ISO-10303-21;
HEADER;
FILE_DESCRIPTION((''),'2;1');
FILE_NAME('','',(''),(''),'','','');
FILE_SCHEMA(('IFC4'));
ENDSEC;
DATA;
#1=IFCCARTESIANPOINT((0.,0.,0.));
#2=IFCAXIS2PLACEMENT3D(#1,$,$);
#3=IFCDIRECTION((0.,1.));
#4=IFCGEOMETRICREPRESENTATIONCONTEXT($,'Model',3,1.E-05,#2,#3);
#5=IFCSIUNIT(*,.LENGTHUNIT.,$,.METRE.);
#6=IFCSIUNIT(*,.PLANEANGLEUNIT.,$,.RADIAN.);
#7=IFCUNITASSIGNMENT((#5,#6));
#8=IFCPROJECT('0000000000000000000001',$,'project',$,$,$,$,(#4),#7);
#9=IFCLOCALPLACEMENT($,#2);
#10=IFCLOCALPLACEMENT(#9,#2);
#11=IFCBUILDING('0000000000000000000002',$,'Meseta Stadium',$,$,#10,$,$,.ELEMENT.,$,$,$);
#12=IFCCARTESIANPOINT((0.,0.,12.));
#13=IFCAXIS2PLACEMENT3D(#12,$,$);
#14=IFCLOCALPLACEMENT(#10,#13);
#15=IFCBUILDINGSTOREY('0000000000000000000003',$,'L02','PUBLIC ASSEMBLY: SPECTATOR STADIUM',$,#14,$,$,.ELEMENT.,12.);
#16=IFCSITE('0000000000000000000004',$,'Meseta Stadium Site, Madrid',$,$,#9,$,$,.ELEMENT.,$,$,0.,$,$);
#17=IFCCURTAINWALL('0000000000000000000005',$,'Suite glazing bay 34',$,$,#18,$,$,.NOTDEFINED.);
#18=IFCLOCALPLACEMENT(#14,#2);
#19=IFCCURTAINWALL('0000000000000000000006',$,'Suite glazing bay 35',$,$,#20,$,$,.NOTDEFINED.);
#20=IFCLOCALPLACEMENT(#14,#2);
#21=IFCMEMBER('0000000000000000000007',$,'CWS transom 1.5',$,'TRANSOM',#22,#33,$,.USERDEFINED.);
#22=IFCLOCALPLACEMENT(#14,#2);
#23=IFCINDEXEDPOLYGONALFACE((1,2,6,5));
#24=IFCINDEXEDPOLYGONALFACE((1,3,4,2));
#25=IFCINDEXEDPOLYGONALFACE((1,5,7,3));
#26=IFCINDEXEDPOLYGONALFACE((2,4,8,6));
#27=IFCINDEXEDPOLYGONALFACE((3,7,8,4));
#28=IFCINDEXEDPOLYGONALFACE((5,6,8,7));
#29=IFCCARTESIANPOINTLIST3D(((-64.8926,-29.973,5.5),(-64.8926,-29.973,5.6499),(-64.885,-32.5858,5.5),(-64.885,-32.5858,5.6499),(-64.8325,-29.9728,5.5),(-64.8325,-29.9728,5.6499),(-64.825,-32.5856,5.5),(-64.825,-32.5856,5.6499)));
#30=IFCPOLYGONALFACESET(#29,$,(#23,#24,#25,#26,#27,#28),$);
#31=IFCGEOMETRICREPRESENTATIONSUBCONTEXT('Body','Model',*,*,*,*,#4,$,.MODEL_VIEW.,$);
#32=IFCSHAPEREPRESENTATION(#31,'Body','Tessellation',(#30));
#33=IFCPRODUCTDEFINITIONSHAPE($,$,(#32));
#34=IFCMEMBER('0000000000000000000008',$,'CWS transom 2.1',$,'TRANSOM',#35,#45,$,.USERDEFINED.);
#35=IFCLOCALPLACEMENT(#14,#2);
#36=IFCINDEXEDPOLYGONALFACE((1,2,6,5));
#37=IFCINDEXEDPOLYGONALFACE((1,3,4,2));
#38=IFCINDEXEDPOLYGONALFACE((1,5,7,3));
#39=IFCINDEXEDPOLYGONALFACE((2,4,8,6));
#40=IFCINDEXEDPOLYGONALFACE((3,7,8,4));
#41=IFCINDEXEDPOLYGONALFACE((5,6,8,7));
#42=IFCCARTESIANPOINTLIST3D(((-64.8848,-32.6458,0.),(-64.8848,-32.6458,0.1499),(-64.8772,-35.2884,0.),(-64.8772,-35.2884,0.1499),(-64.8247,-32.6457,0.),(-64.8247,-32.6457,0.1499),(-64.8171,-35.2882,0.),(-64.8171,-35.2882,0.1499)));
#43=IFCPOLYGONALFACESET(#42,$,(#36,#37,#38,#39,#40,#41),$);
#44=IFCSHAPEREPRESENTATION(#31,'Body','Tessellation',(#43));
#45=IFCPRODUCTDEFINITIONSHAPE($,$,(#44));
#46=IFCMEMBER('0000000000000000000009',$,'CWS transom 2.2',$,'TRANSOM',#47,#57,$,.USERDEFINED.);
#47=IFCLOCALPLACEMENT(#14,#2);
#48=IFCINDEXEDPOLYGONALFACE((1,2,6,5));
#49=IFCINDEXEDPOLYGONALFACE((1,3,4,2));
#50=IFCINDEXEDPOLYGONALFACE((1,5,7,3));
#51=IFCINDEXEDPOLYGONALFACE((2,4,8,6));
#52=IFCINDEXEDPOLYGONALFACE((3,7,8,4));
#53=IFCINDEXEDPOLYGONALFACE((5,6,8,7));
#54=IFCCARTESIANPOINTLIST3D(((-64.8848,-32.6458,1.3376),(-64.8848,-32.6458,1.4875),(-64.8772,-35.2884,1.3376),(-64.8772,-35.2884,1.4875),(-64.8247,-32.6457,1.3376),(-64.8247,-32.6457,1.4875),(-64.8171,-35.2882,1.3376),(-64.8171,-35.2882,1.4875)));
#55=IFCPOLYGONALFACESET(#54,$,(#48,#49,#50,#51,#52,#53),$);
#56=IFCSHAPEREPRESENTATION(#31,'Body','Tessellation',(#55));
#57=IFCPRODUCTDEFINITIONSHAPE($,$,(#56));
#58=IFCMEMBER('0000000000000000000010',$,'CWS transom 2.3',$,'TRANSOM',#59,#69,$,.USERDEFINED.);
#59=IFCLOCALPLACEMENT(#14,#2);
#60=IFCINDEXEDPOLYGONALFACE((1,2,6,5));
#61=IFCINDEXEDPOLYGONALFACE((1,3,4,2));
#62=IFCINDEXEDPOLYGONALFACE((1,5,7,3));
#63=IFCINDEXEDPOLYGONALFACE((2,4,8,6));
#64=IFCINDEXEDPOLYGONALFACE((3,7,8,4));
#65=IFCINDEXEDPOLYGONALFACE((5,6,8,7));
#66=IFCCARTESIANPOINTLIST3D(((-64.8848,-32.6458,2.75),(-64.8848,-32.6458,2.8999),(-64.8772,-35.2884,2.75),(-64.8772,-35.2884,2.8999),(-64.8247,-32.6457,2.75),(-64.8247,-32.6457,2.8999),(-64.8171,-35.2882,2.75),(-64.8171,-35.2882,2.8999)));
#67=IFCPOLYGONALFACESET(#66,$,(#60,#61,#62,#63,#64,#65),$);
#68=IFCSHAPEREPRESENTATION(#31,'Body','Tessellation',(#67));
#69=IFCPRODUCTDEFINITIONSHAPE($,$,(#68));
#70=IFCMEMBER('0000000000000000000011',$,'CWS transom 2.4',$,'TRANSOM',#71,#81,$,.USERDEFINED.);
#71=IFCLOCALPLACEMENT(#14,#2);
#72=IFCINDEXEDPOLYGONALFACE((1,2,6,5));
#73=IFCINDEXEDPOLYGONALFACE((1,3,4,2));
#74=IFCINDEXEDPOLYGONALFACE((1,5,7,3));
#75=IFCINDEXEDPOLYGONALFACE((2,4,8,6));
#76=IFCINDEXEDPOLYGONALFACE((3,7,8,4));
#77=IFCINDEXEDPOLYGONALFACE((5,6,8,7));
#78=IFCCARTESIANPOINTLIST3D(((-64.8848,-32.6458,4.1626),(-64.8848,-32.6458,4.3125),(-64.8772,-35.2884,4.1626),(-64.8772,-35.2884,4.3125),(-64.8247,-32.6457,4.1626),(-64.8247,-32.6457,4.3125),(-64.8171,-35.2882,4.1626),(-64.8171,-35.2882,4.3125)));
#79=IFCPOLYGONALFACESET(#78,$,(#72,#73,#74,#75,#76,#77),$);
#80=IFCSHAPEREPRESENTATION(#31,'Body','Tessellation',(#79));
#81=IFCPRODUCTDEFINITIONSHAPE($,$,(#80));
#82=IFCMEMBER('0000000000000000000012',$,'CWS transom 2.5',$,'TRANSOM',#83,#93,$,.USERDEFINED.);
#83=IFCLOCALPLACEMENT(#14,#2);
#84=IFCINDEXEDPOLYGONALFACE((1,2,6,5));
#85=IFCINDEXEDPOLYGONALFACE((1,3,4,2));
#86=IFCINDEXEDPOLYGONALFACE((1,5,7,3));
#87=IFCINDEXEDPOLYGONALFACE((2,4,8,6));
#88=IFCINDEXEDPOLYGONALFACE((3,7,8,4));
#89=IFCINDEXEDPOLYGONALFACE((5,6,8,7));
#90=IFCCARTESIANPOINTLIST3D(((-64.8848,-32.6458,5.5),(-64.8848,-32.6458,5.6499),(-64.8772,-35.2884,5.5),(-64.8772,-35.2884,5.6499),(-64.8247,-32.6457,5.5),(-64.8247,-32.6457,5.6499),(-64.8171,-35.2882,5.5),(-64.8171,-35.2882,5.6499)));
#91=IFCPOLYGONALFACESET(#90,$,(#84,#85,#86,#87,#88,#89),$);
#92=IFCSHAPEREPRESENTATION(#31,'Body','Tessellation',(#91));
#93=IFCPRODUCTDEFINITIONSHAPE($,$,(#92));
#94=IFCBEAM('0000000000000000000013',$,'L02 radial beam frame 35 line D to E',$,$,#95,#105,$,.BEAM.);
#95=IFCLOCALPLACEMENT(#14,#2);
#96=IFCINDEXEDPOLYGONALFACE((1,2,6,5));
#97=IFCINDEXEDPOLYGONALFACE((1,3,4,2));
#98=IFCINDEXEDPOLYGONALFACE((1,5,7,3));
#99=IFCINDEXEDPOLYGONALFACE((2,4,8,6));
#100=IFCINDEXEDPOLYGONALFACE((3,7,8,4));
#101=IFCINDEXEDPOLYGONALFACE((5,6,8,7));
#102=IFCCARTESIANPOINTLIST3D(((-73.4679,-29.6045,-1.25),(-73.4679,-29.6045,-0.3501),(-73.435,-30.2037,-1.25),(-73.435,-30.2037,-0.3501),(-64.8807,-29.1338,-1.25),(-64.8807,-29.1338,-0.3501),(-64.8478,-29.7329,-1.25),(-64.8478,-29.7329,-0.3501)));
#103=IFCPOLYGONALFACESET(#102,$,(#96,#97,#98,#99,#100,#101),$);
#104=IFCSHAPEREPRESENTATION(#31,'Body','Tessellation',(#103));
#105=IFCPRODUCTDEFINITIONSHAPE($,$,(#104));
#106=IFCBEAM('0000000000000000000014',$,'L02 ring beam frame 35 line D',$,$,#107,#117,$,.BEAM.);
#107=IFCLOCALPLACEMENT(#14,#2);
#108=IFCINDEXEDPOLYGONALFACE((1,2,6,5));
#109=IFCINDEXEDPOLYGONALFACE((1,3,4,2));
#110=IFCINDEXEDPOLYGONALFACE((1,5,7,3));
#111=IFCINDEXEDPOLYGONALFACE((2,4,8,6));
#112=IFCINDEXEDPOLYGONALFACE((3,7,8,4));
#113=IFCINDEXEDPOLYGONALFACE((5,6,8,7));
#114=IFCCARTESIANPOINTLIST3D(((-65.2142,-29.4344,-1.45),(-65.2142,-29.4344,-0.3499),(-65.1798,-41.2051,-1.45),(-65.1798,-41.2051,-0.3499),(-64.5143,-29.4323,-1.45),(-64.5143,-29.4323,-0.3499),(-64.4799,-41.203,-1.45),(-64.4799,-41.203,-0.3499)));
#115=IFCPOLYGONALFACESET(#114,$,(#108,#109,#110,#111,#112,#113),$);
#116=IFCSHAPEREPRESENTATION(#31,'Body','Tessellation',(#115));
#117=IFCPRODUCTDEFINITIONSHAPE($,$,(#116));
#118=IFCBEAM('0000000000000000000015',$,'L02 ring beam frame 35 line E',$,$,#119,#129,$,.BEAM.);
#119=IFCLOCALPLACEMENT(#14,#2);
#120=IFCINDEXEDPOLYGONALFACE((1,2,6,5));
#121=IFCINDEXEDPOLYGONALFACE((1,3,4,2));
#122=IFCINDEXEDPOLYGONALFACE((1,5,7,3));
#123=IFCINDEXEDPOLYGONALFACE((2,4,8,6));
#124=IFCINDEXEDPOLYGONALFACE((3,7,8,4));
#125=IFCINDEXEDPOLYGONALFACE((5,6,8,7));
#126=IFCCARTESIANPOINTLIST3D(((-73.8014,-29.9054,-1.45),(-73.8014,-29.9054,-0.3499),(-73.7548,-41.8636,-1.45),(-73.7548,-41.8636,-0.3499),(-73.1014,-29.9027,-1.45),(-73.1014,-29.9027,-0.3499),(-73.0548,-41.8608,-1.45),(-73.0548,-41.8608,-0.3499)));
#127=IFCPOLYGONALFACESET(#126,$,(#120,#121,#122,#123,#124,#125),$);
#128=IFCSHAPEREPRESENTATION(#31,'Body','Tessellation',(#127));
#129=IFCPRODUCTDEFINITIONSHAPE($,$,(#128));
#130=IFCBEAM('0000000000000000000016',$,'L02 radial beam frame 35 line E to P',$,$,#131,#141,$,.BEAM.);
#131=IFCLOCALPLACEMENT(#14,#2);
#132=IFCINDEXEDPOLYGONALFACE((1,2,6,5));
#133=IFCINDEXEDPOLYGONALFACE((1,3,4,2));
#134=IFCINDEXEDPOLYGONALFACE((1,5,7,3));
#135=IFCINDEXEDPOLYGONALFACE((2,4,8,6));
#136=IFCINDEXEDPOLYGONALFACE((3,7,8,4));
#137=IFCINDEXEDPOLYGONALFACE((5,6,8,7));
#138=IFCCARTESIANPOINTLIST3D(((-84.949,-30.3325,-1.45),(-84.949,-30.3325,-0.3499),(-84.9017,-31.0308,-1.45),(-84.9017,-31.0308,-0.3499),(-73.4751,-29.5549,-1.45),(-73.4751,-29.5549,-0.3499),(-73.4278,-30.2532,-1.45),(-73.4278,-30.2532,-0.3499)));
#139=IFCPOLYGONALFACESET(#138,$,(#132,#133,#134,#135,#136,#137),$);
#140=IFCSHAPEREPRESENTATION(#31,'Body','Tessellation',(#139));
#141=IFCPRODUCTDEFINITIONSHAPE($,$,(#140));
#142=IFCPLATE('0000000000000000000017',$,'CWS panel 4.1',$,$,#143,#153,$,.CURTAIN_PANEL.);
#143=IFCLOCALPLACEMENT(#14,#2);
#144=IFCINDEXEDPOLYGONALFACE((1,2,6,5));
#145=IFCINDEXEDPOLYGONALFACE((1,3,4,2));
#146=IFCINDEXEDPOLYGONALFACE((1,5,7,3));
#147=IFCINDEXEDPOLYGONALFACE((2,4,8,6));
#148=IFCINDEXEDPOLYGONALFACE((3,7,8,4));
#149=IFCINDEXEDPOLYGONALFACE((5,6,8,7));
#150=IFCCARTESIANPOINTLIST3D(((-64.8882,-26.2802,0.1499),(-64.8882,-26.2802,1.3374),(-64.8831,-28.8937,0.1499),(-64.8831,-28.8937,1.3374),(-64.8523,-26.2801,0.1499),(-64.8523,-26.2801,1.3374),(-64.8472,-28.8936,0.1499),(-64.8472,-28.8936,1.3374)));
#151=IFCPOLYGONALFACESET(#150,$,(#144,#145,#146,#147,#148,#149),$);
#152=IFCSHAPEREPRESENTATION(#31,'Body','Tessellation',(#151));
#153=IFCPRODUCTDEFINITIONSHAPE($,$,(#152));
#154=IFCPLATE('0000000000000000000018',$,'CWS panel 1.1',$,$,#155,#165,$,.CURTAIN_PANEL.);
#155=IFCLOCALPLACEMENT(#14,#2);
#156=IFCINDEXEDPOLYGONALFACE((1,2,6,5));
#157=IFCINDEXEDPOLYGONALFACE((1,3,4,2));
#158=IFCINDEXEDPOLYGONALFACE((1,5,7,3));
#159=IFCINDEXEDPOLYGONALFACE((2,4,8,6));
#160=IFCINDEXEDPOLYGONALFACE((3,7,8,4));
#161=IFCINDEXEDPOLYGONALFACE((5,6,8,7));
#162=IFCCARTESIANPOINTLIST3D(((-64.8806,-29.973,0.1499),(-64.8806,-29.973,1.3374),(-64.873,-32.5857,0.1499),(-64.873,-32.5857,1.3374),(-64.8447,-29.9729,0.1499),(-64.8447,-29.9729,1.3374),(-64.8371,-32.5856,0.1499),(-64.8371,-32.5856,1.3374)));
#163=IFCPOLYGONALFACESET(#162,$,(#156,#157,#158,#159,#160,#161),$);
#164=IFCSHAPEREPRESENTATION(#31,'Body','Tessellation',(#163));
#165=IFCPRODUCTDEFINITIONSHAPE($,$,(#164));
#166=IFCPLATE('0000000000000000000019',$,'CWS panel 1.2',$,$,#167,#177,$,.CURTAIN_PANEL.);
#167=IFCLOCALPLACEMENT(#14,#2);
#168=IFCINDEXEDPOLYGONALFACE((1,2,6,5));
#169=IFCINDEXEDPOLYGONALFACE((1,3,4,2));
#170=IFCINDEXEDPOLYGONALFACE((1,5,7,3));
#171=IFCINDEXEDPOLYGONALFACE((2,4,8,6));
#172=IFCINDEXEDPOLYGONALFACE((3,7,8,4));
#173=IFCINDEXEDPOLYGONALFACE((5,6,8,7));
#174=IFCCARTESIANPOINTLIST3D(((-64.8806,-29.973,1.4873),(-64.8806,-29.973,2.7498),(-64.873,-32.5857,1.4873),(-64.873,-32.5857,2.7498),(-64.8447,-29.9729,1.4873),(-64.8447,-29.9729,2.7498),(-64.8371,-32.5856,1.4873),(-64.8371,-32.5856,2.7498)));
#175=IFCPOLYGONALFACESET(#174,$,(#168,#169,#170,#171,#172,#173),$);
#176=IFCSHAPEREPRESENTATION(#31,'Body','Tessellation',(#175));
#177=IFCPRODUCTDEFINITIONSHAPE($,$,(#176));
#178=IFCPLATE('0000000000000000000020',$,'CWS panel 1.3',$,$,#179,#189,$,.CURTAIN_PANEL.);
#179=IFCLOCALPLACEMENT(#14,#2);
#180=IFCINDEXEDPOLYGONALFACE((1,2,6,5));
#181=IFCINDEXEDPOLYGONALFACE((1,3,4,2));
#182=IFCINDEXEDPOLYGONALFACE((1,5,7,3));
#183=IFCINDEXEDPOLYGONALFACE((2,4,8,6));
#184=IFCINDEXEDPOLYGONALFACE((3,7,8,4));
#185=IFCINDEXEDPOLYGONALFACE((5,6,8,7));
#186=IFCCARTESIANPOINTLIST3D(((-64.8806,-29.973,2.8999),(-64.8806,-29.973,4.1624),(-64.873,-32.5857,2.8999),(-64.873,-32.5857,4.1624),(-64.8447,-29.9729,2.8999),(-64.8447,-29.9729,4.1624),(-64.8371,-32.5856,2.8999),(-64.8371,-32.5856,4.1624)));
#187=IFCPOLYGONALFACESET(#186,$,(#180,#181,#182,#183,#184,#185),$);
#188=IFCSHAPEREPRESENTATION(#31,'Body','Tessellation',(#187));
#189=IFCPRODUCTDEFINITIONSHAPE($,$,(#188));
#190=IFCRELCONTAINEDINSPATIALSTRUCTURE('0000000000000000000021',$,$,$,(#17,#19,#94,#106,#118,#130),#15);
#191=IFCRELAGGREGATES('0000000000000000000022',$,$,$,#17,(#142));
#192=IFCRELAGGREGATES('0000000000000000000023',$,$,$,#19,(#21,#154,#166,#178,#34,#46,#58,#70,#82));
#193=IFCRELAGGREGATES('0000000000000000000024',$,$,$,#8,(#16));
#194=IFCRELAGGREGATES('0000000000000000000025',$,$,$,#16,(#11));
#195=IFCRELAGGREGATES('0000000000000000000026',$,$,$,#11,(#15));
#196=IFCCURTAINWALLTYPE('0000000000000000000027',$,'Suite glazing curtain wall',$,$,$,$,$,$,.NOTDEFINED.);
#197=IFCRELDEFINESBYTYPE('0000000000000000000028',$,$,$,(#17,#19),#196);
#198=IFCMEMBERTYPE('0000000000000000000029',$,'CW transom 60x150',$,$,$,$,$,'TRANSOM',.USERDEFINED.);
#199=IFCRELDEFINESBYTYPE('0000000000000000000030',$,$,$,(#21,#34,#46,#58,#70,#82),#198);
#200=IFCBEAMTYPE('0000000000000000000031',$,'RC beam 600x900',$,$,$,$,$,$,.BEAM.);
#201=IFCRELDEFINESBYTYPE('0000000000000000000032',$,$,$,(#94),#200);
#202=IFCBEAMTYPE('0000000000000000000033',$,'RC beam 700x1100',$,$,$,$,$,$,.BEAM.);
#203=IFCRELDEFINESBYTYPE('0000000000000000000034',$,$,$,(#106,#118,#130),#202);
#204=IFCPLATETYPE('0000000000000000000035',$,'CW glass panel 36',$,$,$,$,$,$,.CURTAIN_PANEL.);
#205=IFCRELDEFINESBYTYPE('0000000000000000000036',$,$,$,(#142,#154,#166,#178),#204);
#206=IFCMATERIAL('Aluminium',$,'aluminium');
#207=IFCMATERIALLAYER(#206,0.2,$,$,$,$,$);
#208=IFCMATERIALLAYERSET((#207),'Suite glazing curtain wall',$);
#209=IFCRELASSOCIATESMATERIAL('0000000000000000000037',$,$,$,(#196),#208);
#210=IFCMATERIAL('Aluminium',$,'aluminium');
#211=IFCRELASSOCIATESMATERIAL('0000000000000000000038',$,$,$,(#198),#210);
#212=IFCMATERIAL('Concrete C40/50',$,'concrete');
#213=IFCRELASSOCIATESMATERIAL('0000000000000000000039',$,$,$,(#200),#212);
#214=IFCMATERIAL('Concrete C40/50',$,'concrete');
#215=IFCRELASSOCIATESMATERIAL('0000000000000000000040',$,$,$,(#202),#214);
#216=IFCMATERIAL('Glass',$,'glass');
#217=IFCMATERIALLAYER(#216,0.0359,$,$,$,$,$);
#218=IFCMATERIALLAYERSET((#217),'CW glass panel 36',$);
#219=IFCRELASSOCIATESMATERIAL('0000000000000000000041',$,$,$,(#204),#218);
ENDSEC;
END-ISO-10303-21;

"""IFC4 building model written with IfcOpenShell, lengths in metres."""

from ifc_helpers import new_model, si_unit, direction, frame, origin, origin_2d, place, context, subcontext, project, spatial, rectangle, extrude, material, layer, layer_set, material_profile, profile_set, type_object, element, aggregate, save


model = new_model("IFC4")

# Units and contexts
model_context = context("Model", 3, precision=1e-05, world=origin(), true_north=direction((0.0, 1.0)))
body_context = subcontext(model_context, "Body", "Model", "MODEL_VIEW")
ifc_project = project(units=[si_unit("LENGTHUNIT", "METRE"), si_unit("PLANEANGLEUNIT", "RADIAN")], contexts=[model_context])

# Site, building, storey
site_placement = place(None, origin())
site = spatial("IfcSite", under=ifc_project, at=site_placement, Name="Meseta Stadium Site, Madrid", CompositionType="ELEMENT", RefElevation=0.0)
building_placement = place(site_placement, origin())
building = spatial("IfcBuilding", under=site, at=building_placement, Name="Meseta Stadium", CompositionType="ELEMENT")
storey_placement = place(building_placement, frame((0.0, 0.0, 12.0)))
storey = spatial("IfcBuildingStorey", under=building, at=storey_placement, Name="L02", Description="PUBLIC ASSEMBLY: SPECTATOR STADIUM", CompositionType="ELEMENT", Elevation=12.0)

# Curtain wall
ifc_material_1 = material(Name="Aluminium", Category="aluminium")
ifc_layer_1 = layer(ifc_material_1, 0.2)
ifc_layer_set_1 = layer_set([ifc_layer_1], Name="Suite glazing curtain wall")
curtain_wall_type = type_object("IfcCurtainWallType", Name="Suite glazing curtain wall", PredefinedType="NOTDEFINED", material=ifc_layer_set_1)
curtain_wall_1_placement = place(storey_placement, origin())
curtain_wall_1 = element("IfcCurtainWall", 1, at=curtain_wall_1_placement, inside=storey, type_object=curtain_wall_type, Name="Suite glazing bay 34", PredefinedType="NOTDEFINED")

# Curtain wall, members
curtain_wall_2_placement = place(storey_placement, origin())
curtain_wall_2 = element("IfcCurtainWall", 2, at=curtain_wall_2_placement, inside=storey, type_object=curtain_wall_type, Name="Suite glazing bay 35", PredefinedType="NOTDEFINED")
ifc_material_2 = material(Name="Aluminium", Category="aluminium")
ifc_material_profile_1 = material_profile(ifc_material_2, rectangle(XDim=0.0601, YDim=0.1499, at=origin_2d()), Name="CW 60x150")
ifc_profile_set_1 = profile_set([ifc_material_profile_1], Name="Aluminium")
member_type_1 = type_object("IfcMemberType", Name="CW transom 60x150", ElementType="TRANSOM", PredefinedType="USERDEFINED", material=ifc_profile_set_1)
member_1_placement = place(storey_placement, frame((-64.8625, -29.9729, 5.575), z_axis=(0.002897, -0.999996, 0.0), x_axis=(0.999996, 0.002897, 0.0)))
member_1 = element("IfcMember", 3, at=member_1_placement, type_object=member_type_1, Name="CWS transom 1.5", ObjectType="TRANSOM", PredefinedType="USERDEFINED", context=body_context, shape_type="SweptSolid", body=[
    extrude(rectangle(XDim=0.0601, YDim=0.1499, at=origin_2d()), origin(), (0.0, 0.0, 1.0), 2.6128),
])
member_2_placement = place(storey_placement, frame((-64.8547, -32.6458, 0.075), z_axis=(0.002864, -0.999996, 0.0), x_axis=(0.999996, 0.002864, 0.0)))
member_2 = element("IfcMember", 4, at=member_2_placement, type_object=member_type_1, Name="CWS transom 2.1", ObjectType="TRANSOM", PredefinedType="USERDEFINED", context=body_context, shape_type="SweptSolid", body=[
    extrude(rectangle(XDim=0.0601, YDim=0.1499, at=origin_2d()), origin(), (0.0, 0.0, 1.0), 2.6426),
])
member_3_placement = place(storey_placement, frame((-64.8547, -32.6458, 1.4126), z_axis=(0.002864, -0.999996, 0.0), x_axis=(0.999996, 0.002864, 0.0)))
member_3 = element("IfcMember", 5, at=member_3_placement, type_object=member_type_1, Name="CWS transom 2.2", ObjectType="TRANSOM", PredefinedType="USERDEFINED", context=body_context, shape_type="SweptSolid", body=[
    extrude(rectangle(XDim=0.0601, YDim=0.1499, at=origin_2d()), origin(), (0.0, 0.0, 1.0), 2.6426),
])
member_4_placement = place(storey_placement, frame((-64.8547, -32.6458, 2.825), z_axis=(0.002864, -0.999996, 0.0), x_axis=(0.999996, 0.002864, 0.0)))
member_4 = element("IfcMember", 6, at=member_4_placement, type_object=member_type_1, Name="CWS transom 2.3", ObjectType="TRANSOM", PredefinedType="USERDEFINED", context=body_context, shape_type="SweptSolid", body=[
    extrude(rectangle(XDim=0.0601, YDim=0.1499, at=origin_2d()), origin(), (0.0, 0.0, 1.0), 2.6426),
])
member_5_placement = place(storey_placement, frame((-64.8547, -32.6458, 4.2375), z_axis=(0.002864, -0.999996, 0.0), x_axis=(0.999996, 0.002864, 0.0)))
member_5 = element("IfcMember", 7, at=member_5_placement, type_object=member_type_1, Name="CWS transom 2.4", ObjectType="TRANSOM", PredefinedType="USERDEFINED", context=body_context, shape_type="SweptSolid", body=[
    extrude(rectangle(XDim=0.0601, YDim=0.1499, at=origin_2d()), origin(), (0.0, 0.0, 1.0), 2.6426),
])
member_6_placement = place(storey_placement, frame((-64.8547, -32.6458, 5.575), z_axis=(0.002864, -0.999996, 0.0), x_axis=(0.999996, 0.002864, 0.0)))
member_6 = element("IfcMember", 8, at=member_6_placement, type_object=member_type_1, Name="CWS transom 2.5", ObjectType="TRANSOM", PredefinedType="USERDEFINED", context=body_context, shape_type="SweptSolid", body=[
    extrude(rectangle(XDim=0.0601, YDim=0.1499, at=origin_2d()), origin(), (0.0, 0.0, 1.0), 2.6426),
])

# Beams
ifc_material_3 = material(Name="Concrete C40/50", Category="concrete")
ifc_material_profile_2 = material_profile(ifc_material_3, rectangle(XDim=0.6001, YDim=0.8999, at=origin_2d()), Name="RC 600x900")
ifc_profile_set_2 = profile_set([ifc_material_profile_2], Name="Concrete C40/50")
beam_type_1 = type_object("IfcBeamType", Name="RC beam 600x900", PredefinedType="BEAM", material=ifc_profile_set_2)
beam_1_placement = place(storey_placement, frame((-64.8643, -29.4333, -0.8), z_axis=(-0.998501, -0.054733, 0.0), x_axis=(0.054733, -0.998501, 0.0)))
element("IfcBeam", 9, at=beam_1_placement, inside=storey, type_object=beam_type_1, Name="L02 radial beam frame 35 line D to E", PredefinedType="BEAM", context=body_context, shape_type="SweptSolid", body=[
    extrude(rectangle(XDim=0.6001, YDim=0.8999, at=origin_2d()), origin(), (0.0, 0.0, 1.0), 8.6001),
])
ifc_material_4 = material(Name="Concrete C40/50", Category="concrete")
ifc_material_profile_3 = material_profile(ifc_material_4, rectangle(XDim=0.7, YDim=1.1001, at=origin_2d()), Name="RC 700x1100")
ifc_profile_set_3 = profile_set([ifc_material_profile_3], Name="Concrete C40/50")
beam_type_2 = type_object("IfcBeamType", Name="RC beam 700x1100", PredefinedType="BEAM", material=ifc_profile_set_3)
beam_2_placement = place(storey_placement, frame((-64.8643, -29.4333, -0.8999), z_axis=(0.002925, -0.999996, 0.0), x_axis=(0.999996, 0.002925, 0.0)))
element("IfcBeam", 10, at=beam_2_placement, inside=storey, type_object=beam_type_2, Name="L02 ring beam frame 35 line D", PredefinedType="BEAM", context=body_context, shape_type="SweptSolid", body=[
    extrude(rectangle(XDim=0.7, YDim=1.1001, at=origin_2d()), origin(), (0.0, 0.0, 1.0), 11.7708),
])
beam_3_placement = place(storey_placement, frame((-73.4514, -29.9041, -0.8999), z_axis=(0.003899, -0.999992, 0.0), x_axis=(0.999992, 0.003899, 0.0)))
element("IfcBeam", 11, at=beam_3_placement, inside=storey, type_object=beam_type_2, Name="L02 ring beam frame 35 line E", PredefinedType="BEAM", context=body_context, shape_type="SweptSolid", body=[
    extrude(rectangle(XDim=0.7, YDim=1.1001, at=origin_2d()), origin(), (0.0, 0.0, 1.0), 11.9583),
])
beam_4_placement = place(storey_placement, frame((-73.4514, -29.9041, -0.8999), z_axis=(-0.997711, -0.067615, 0.0), x_axis=(0.067615, -0.997711, 0.0)))
element("IfcBeam", 12, at=beam_4_placement, inside=storey, type_object=beam_type_2, Name="L02 radial beam frame 35 line E to P", PredefinedType="BEAM", context=body_context, shape_type="SweptSolid", body=[
    extrude(rectangle(XDim=0.7, YDim=1.1001, at=origin_2d()), origin(), (0.0, 0.0, 1.0), 11.5002),
])

# Plates
ifc_material_5 = material(Name="Glass", Category="glass")
ifc_layer_2 = layer(ifc_material_5, 0.0359)
ifc_layer_set_2 = layer_set([ifc_layer_2], Name="CW glass panel 36")
plate_type = type_object("IfcPlateType", Name="CW glass panel 36", PredefinedType="CURTAIN_PANEL", material=ifc_layer_set_2)
plate_1_placement = place(storey_placement, frame((-64.8677, -27.5869, 0.1499), z_axis=(0.0, 0.0, 1.0), x_axis=(0.001947, -0.999998, 0.0)))
plate_1 = element("IfcPlate", 13, at=plate_1_placement, type_object=plate_type, Name="CWS panel 4.1", PredefinedType="CURTAIN_PANEL", context=body_context, shape_type="SweptSolid", body=[
    extrude(rectangle(XDim=2.6135, YDim=0.0359, at=origin_2d()), origin(), (0.0, 0.0, 1.0), 1.1875),
])
aggregate(curtain_wall_1, [plate_1])
plate_2_placement = place(storey_placement, frame((-64.8589, -31.2793, 0.1499), z_axis=(0.0, 0.0, 1.0), x_axis=(0.00291, -0.999996, 0.0)))
plate_2 = element("IfcPlate", 14, at=plate_2_placement, type_object=plate_type, Name="CWS panel 1.1", PredefinedType="CURTAIN_PANEL", context=body_context, shape_type="SweptSolid", body=[
    extrude(rectangle(XDim=2.6128, YDim=0.0359, at=origin_2d()), origin(), (0.0, 0.0, 1.0), 1.1875),
])
plate_3_placement = place(storey_placement, frame((-64.8589, -31.2793, 1.4873), z_axis=(0.0, 0.0, 1.0), x_axis=(0.00291, -0.999996, 0.0)))
plate_3 = element("IfcPlate", 15, at=plate_3_placement, type_object=plate_type, Name="CWS panel 1.2", PredefinedType="CURTAIN_PANEL", context=body_context, shape_type="SweptSolid", body=[
    extrude(rectangle(XDim=2.6128, YDim=0.0359, at=origin_2d()), origin(), (0.0, 0.0, 1.0), 1.2625),
])
plate_4_placement = place(storey_placement, frame((-64.8589, -31.2793, 2.8999), z_axis=(0.0, 0.0, 1.0), x_axis=(0.00291, -0.999996, 0.0)))
plate_4 = element("IfcPlate", 16, at=plate_4_placement, type_object=plate_type, Name="CWS panel 1.3", PredefinedType="CURTAIN_PANEL", context=body_context, shape_type="SweptSolid", body=[
    extrude(rectangle(XDim=2.6128, YDim=0.0359, at=origin_2d()), origin(), (0.0, 0.0, 1.0), 1.2625),
])
aggregate(curtain_wall_2, [member_1, plate_2, plate_3, plate_4, member_2, member_3, member_4, member_5, member_6])

save(model, "model.ifc")
